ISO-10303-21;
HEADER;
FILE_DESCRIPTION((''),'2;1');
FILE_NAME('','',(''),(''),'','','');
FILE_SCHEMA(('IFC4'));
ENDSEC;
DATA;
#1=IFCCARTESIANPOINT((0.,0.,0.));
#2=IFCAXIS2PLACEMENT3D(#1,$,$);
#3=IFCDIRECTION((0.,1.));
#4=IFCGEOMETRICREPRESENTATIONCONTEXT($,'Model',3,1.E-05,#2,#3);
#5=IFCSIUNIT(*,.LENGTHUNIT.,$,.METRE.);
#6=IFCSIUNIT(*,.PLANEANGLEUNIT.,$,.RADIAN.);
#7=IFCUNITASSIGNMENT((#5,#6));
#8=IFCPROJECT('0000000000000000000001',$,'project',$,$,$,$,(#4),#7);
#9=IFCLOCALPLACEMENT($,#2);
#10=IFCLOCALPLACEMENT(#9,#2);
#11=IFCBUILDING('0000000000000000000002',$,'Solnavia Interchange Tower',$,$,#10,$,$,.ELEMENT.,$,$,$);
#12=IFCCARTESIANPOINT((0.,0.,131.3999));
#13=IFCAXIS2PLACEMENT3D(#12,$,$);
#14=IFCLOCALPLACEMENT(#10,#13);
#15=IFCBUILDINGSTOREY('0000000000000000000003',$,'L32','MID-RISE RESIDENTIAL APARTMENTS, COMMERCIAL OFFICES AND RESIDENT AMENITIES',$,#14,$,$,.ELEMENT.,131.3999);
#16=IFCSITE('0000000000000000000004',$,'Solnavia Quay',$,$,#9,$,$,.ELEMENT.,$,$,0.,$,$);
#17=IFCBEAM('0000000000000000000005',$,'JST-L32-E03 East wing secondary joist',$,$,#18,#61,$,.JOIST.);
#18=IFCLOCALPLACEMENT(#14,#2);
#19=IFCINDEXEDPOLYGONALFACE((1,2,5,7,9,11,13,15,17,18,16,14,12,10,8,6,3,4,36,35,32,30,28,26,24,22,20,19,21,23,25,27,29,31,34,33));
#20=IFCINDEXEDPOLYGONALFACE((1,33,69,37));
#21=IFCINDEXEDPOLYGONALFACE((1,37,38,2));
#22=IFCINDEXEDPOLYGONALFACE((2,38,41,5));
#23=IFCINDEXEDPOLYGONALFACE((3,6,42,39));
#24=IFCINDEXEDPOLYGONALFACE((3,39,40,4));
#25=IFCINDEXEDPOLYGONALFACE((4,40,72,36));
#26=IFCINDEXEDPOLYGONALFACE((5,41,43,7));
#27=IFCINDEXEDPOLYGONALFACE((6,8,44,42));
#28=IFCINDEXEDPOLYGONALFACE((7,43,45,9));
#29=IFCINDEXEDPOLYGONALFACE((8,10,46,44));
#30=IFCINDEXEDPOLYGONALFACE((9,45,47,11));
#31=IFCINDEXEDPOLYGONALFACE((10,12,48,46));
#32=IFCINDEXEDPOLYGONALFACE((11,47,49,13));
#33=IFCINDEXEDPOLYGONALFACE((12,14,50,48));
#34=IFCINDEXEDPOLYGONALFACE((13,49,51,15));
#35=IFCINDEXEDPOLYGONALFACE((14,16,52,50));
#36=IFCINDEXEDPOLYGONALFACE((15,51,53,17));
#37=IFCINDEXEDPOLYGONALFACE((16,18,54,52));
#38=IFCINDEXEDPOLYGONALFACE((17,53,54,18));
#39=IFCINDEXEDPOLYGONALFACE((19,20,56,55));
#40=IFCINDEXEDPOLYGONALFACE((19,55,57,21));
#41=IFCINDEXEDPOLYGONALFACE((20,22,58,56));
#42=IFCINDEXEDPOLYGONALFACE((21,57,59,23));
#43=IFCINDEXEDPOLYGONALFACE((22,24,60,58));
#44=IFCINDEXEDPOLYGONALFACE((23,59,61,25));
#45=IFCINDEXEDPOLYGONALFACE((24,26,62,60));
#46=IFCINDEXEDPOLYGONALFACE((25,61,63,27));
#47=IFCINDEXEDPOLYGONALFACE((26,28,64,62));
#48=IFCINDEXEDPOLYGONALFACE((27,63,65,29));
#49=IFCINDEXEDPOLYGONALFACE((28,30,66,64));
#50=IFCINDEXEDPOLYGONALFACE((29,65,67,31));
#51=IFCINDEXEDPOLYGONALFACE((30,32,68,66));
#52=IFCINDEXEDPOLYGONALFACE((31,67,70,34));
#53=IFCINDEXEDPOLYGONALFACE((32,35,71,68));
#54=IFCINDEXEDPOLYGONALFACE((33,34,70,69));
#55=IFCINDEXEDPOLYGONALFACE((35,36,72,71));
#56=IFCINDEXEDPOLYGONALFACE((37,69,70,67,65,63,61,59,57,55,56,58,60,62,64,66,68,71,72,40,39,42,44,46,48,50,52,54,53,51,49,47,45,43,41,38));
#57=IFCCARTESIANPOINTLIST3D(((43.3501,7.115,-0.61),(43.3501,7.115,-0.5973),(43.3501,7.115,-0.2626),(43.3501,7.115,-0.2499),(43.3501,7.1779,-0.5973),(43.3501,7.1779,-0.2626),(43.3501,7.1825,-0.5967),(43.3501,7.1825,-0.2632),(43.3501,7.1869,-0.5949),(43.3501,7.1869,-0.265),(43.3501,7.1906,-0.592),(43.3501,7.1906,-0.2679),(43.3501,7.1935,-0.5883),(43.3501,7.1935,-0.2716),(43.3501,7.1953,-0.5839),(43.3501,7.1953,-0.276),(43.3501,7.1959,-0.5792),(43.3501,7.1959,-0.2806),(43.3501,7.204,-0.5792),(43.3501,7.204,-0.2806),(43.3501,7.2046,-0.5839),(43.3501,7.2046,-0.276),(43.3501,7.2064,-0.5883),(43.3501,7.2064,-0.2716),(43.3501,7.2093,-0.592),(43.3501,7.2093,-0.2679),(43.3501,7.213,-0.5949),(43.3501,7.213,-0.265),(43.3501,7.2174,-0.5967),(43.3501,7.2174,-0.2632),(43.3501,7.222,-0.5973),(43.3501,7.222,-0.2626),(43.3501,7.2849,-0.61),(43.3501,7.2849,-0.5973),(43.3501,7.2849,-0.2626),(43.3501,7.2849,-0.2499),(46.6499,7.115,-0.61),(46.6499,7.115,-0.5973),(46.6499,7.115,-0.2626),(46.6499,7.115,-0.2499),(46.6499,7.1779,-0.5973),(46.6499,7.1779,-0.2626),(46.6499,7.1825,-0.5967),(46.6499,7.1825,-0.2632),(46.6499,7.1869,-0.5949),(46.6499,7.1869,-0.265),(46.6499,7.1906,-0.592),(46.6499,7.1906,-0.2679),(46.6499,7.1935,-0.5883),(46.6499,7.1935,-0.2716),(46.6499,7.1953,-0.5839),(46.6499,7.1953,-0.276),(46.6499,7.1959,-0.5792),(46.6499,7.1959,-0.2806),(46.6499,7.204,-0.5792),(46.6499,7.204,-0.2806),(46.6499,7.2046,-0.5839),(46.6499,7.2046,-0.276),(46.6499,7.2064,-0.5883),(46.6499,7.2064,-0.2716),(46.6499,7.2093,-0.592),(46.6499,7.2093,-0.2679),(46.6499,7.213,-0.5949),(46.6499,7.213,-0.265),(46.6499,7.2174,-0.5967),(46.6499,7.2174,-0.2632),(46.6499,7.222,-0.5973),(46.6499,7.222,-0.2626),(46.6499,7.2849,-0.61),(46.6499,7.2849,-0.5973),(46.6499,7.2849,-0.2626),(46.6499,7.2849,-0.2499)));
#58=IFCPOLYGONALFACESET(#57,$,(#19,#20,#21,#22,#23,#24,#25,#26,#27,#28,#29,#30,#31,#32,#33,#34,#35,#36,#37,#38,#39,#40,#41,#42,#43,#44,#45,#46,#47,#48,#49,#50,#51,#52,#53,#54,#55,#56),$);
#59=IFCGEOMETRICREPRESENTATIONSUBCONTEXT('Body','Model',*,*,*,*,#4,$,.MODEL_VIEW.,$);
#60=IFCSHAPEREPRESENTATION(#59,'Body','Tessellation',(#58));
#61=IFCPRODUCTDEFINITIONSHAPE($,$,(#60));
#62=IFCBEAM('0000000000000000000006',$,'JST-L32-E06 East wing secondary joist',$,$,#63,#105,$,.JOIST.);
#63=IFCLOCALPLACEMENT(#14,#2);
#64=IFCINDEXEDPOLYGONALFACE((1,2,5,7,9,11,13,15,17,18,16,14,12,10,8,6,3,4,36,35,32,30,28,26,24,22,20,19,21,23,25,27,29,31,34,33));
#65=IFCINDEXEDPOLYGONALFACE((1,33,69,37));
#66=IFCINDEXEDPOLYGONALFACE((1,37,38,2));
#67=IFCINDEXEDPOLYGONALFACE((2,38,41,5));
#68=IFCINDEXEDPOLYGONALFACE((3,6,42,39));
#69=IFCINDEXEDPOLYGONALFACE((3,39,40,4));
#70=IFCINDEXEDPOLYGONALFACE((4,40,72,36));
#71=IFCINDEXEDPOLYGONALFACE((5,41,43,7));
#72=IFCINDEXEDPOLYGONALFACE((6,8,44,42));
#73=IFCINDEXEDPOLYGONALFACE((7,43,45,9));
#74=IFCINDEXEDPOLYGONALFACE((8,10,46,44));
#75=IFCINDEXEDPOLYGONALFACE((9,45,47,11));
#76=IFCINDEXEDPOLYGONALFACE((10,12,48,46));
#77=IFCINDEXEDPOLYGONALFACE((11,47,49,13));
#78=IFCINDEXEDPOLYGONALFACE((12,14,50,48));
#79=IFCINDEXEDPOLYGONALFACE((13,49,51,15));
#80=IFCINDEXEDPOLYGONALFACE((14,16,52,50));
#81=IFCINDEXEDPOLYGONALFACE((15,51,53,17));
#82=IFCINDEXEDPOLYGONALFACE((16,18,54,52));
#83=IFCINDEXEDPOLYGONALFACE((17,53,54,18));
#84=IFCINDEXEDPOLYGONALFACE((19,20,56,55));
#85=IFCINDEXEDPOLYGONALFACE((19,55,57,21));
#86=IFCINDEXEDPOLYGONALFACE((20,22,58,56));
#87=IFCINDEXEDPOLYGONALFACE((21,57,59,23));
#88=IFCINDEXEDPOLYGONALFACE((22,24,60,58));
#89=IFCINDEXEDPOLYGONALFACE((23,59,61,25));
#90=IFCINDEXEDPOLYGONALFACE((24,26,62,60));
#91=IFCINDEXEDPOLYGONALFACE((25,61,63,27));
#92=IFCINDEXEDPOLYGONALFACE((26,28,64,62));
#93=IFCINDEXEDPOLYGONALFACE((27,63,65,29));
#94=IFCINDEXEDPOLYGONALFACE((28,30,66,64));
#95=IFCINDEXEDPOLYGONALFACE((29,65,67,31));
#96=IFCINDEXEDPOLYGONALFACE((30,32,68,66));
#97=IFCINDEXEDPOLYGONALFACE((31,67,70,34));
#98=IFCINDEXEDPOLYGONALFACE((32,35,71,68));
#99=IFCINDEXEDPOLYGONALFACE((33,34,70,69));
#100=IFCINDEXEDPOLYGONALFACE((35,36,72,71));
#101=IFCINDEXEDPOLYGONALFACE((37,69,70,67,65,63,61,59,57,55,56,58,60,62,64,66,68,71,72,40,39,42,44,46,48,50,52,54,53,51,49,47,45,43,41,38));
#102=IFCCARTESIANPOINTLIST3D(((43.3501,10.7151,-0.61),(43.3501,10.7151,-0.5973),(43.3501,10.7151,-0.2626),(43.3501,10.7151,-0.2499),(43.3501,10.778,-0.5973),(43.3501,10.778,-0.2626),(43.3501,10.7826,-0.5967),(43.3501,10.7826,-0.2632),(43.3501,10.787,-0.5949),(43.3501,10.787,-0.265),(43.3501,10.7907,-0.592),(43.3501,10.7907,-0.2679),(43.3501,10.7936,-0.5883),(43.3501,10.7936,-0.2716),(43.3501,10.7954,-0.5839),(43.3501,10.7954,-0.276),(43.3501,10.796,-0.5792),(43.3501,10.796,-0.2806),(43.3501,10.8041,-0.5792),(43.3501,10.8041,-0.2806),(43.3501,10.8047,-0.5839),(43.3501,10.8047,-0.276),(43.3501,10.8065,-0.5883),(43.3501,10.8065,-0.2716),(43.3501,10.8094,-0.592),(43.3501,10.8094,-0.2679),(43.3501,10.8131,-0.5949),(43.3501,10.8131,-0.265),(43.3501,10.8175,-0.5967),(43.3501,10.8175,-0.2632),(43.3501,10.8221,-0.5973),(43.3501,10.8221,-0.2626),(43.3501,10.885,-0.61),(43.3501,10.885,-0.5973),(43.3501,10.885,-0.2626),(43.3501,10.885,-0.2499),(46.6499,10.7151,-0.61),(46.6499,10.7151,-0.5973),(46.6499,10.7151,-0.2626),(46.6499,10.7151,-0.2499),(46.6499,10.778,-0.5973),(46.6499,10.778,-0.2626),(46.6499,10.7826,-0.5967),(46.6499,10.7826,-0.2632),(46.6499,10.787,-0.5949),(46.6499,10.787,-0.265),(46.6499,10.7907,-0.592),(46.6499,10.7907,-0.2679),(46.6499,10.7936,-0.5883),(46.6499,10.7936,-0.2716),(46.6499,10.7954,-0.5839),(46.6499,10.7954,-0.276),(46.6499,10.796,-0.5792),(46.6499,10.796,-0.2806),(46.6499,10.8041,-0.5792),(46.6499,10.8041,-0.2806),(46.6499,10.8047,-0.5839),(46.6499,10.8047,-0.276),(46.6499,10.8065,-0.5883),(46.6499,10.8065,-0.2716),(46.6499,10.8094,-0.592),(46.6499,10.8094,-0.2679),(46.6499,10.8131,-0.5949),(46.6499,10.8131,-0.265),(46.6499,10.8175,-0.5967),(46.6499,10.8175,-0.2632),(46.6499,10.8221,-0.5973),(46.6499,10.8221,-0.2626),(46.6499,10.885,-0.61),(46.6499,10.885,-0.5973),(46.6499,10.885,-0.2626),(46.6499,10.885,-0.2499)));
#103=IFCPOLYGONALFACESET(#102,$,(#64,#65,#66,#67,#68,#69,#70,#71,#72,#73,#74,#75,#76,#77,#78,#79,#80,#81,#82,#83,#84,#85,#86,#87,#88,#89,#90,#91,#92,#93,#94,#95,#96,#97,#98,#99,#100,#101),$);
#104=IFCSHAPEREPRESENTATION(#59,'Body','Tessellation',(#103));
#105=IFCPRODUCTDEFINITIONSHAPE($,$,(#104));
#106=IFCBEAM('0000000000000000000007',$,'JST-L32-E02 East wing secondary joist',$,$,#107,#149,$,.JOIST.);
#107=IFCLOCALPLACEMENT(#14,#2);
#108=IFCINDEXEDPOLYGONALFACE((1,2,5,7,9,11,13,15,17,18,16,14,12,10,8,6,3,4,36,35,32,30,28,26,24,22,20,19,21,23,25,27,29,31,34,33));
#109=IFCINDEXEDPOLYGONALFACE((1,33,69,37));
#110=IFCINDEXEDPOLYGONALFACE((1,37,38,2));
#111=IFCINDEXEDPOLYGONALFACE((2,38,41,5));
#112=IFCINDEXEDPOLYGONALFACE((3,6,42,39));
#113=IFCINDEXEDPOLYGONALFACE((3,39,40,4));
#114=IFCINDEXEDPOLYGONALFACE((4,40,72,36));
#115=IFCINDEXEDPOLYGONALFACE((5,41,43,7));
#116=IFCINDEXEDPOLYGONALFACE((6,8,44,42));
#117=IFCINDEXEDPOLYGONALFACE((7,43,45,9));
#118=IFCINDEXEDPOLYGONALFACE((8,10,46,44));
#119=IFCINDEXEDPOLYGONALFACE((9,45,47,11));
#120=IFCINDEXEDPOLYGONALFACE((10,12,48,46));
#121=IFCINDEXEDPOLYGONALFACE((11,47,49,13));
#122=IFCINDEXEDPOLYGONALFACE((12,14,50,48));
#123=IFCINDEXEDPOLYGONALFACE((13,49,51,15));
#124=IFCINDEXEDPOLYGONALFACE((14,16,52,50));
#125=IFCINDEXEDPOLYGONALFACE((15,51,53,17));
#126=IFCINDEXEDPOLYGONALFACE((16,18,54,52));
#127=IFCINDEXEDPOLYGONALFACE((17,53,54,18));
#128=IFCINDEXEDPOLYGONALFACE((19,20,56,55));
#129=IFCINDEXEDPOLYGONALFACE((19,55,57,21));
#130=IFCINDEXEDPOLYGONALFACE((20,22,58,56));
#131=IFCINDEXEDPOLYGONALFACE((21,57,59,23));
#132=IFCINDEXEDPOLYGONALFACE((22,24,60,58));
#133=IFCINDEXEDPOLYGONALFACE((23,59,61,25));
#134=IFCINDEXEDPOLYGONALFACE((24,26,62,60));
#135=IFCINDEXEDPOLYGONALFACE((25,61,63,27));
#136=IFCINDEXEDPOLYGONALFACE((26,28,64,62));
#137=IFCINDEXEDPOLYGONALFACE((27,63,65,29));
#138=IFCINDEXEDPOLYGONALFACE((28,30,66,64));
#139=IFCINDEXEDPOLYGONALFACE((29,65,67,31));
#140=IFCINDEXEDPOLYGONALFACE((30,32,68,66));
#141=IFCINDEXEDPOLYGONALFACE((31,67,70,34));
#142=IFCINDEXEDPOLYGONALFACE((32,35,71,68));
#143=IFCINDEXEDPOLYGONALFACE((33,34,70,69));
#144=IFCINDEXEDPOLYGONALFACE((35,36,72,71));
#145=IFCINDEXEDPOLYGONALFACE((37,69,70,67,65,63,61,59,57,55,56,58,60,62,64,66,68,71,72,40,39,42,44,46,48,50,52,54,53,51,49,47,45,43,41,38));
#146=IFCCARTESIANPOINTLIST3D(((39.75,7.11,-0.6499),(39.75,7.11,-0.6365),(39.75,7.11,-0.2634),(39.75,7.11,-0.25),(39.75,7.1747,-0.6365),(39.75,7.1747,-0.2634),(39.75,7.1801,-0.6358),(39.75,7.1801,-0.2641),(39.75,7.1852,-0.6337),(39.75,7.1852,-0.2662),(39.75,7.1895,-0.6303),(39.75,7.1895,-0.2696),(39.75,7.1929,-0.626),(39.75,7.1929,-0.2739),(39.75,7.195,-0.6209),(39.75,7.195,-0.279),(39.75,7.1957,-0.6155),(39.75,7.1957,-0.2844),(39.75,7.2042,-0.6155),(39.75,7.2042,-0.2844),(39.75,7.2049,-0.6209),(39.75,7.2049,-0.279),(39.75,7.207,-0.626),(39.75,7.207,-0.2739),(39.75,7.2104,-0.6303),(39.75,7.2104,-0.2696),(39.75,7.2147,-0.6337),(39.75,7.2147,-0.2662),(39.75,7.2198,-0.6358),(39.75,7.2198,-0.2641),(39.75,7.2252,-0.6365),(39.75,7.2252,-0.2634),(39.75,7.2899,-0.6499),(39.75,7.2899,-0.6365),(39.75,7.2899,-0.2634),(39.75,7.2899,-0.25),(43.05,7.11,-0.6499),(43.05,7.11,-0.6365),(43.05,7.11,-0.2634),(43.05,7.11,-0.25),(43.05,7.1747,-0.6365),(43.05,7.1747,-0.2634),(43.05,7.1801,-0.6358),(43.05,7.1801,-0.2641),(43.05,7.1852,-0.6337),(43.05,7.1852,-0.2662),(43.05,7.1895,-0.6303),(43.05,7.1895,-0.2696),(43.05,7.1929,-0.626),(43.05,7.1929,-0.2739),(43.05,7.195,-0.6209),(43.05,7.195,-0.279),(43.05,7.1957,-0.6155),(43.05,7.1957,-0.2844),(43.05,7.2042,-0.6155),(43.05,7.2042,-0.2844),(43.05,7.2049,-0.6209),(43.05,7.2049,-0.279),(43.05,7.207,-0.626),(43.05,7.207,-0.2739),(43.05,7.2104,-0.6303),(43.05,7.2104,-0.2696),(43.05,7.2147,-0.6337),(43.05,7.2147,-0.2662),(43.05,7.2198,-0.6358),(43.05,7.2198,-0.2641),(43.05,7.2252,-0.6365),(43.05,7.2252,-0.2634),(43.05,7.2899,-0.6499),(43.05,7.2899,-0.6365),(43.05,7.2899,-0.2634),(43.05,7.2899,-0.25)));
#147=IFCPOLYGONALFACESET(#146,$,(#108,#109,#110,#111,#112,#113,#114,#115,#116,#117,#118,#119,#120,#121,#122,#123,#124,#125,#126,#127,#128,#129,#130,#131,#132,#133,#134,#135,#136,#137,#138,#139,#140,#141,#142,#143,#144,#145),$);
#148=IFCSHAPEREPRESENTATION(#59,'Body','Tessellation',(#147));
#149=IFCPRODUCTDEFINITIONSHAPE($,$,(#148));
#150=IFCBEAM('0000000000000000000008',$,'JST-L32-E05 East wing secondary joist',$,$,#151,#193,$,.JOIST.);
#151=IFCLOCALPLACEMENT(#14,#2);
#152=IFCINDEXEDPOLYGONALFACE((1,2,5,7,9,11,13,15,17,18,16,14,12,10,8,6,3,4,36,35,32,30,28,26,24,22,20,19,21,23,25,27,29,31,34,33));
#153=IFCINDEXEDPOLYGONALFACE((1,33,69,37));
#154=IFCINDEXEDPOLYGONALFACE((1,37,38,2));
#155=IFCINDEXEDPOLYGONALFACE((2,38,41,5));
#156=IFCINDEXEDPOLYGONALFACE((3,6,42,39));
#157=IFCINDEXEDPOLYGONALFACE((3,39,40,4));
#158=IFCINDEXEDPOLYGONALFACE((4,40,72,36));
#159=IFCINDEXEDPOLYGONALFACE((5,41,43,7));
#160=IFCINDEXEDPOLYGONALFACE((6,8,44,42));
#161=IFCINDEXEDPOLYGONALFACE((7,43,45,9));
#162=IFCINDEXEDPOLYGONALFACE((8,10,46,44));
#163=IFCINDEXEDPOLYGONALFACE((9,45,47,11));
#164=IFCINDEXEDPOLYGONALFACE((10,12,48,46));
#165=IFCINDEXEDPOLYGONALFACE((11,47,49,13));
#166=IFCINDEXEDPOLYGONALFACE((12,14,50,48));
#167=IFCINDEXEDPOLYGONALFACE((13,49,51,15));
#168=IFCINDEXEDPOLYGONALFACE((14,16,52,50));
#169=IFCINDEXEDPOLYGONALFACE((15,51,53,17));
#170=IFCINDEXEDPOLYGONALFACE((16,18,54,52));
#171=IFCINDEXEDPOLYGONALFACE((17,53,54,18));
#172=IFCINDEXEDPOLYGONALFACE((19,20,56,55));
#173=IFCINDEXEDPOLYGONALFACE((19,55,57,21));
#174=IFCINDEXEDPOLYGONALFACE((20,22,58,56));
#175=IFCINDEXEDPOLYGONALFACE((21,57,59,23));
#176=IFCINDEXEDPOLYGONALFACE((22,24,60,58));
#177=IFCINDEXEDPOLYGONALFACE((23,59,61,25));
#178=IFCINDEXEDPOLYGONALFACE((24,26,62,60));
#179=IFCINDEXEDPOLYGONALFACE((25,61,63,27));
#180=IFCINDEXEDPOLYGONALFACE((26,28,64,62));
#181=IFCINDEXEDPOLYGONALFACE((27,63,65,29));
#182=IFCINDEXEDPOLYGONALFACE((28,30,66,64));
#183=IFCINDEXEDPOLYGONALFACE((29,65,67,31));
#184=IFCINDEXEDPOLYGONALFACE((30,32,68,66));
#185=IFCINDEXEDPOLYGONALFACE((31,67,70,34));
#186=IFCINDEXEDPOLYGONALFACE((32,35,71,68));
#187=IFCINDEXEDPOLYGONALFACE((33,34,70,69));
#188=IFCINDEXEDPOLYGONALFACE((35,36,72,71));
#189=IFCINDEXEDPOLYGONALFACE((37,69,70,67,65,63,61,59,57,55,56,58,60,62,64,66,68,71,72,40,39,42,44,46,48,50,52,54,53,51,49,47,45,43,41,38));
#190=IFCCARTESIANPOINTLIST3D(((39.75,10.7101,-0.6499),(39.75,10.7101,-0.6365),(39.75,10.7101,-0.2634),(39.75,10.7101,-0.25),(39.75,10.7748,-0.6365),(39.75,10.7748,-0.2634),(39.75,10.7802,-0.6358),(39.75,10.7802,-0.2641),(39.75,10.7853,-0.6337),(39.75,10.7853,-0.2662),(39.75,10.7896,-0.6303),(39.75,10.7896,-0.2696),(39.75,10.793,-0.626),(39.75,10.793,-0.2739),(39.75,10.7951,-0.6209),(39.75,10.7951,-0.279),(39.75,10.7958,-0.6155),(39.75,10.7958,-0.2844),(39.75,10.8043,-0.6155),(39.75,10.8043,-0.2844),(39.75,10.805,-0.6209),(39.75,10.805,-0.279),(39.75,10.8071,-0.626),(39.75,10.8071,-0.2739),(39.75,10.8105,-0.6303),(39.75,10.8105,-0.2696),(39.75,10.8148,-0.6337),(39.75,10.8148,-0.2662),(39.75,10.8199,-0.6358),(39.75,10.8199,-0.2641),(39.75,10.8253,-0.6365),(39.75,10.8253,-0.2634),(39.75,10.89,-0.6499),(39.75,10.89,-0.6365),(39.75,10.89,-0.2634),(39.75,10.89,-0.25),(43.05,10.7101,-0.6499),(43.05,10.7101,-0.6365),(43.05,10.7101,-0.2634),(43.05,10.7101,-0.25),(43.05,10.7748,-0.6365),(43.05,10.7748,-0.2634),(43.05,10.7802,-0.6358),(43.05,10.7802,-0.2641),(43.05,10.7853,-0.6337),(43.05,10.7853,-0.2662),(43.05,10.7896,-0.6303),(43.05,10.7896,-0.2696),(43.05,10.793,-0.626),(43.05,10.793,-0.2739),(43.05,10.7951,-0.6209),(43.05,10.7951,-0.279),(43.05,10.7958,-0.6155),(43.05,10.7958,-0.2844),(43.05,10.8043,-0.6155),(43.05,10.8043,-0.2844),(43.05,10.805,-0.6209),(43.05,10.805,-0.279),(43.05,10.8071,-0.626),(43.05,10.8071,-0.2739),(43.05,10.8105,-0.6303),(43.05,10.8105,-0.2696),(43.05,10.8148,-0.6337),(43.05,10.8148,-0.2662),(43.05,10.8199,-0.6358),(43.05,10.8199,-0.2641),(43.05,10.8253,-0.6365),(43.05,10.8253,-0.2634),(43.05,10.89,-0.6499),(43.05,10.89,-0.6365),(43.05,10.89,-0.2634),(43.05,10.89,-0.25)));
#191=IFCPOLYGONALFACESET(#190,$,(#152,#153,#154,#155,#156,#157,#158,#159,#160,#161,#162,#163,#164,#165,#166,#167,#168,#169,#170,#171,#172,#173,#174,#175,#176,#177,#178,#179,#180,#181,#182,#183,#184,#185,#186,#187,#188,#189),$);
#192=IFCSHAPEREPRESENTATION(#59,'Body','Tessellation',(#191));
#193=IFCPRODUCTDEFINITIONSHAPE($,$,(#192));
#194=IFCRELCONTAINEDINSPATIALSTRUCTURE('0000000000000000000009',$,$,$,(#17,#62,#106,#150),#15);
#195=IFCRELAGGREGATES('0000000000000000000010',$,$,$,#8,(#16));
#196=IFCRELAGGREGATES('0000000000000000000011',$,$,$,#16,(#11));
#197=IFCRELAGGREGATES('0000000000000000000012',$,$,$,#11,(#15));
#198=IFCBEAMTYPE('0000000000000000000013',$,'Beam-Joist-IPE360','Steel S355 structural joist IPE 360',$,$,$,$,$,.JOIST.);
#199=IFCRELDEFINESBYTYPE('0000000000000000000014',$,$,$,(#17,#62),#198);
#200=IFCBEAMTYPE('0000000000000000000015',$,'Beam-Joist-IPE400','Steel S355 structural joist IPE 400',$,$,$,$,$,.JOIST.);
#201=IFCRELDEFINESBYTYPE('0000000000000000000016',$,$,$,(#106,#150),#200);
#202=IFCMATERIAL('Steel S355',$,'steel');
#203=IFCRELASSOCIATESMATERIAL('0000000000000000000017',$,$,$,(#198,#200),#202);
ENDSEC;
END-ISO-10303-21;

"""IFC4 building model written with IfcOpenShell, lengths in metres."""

from ifc_helpers import new_model, si_unit, direction, frame, origin, origin_2d, place, context, subcontext, project, spatial, i_section, extrude, material, material_profile, profile_set, type_object, element, save


model = new_model("IFC4")

# Units and contexts
model_context = context("Model", 3, precision=1e-05, world=origin(), true_north=direction((0.0, 1.0)))
body_context = subcontext(model_context, "Body", "Model", "MODEL_VIEW")
ifc_project = project(units=[si_unit("LENGTHUNIT", "METRE"), si_unit("PLANEANGLEUNIT", "RADIAN")], contexts=[model_context])

# Site, building, storey
site_placement = place(None, origin())
site = spatial("IfcSite", under=ifc_project, at=site_placement, Name="Solnavia Quay", CompositionType="ELEMENT", RefElevation=0.0)
building_placement = place(site_placement, origin())
building = spatial("IfcBuilding", under=site, at=building_placement, Name="Solnavia Interchange Tower", CompositionType="ELEMENT")
storey_placement = place(building_placement, frame((0.0, 0.0, 131.3999)))
storey = spatial("IfcBuildingStorey", under=building, at=storey_placement, Name="L32", Description="MID-RISE RESIDENTIAL APARTMENTS, COMMERCIAL OFFICES AND RESIDENT AMENITIES", CompositionType="ELEMENT", Elevation=131.3999)

# Shared definitions
ifc_material_1 = material(Name="Steel S355", Category="steel")

# Beams
ifc_material_profile_1 = material_profile(ifc_material_1, i_section(OverallWidth=0.1699, OverallDepth=0.3601, WebThickness=0.0081, FlangeThickness=0.0127, FilletRadius=0.0181, at=origin_2d()), Name="IPE 360")
ifc_profile_set_1 = profile_set([ifc_material_profile_1], Name="Steel S355")
beam_type_1 = type_object("IfcBeamType", Name="Beam-Joist-IPE360", Description="Steel S355 structural joist IPE 360", PredefinedType="JOIST", material=ifc_profile_set_1)
for number, where, z_axis, x_axis, name in (
    (1, (43.3501, 7.2, -0.4299), (1.0, 0.0, 0.0), (0.0, 1.0, 0.0), "JST-L32-E03 East wing secondary joist"),
    (2, (43.3501, 10.8, -0.4299), (1.0, 0.0, 0.0), (0.0, 1.0, 0.0), "JST-L32-E06 East wing secondary joist"),
):
    element("IfcBeam", number, at=place(storey_placement, frame(where, z_axis=z_axis, x_axis=x_axis)), inside=storey, type_object=beam_type_1, Name=name, PredefinedType="JOIST", context=body_context, shape_type="SweptSolid", body=[
        extrude(i_section(OverallWidth=0.1699, OverallDepth=0.3601, WebThickness=0.0081, FlangeThickness=0.0127, FilletRadius=0.0181, at=origin_2d()), origin(), (0.0, 0.0, 1.0), 3.2998),
    ])
ifc_material_profile_2 = material_profile(ifc_material_1, i_section(OverallWidth=0.1799, OverallDepth=0.3999, WebThickness=0.0085, FlangeThickness=0.0134, FilletRadius=0.021, at=origin_2d()), Name="IPE 400")
ifc_profile_set_2 = profile_set([ifc_material_profile_2], Name="Steel S355")
beam_type_2 = type_object("IfcBeamType", Name="Beam-Joist-IPE400", Description="Steel S355 structural joist IPE 400", PredefinedType="JOIST", material=ifc_profile_set_2)
for number, where, z_axis, x_axis, name in (
    (3, (39.75, 7.2, -0.45), (1.0, 0.0, 0.0), (0.0, 1.0, 0.0), "JST-L32-E02 East wing secondary joist"),
    (4, (39.75, 10.8, -0.45), (1.0, 0.0, 0.0), (0.0, 1.0, 0.0), "JST-L32-E05 East wing secondary joist"),
):
    element("IfcBeam", number, at=place(storey_placement, frame(where, z_axis=z_axis, x_axis=x_axis)), inside=storey, type_object=beam_type_2, Name=name, PredefinedType="JOIST", context=body_context, shape_type="SweptSolid", body=[
        extrude(i_section(OverallWidth=0.1799, OverallDepth=0.3999, WebThickness=0.0085, FlangeThickness=0.0134, FilletRadius=0.021, at=origin_2d()), origin(), (0.0, 0.0, 1.0), 3.3),
    ])

save(model, "model.ifc")
